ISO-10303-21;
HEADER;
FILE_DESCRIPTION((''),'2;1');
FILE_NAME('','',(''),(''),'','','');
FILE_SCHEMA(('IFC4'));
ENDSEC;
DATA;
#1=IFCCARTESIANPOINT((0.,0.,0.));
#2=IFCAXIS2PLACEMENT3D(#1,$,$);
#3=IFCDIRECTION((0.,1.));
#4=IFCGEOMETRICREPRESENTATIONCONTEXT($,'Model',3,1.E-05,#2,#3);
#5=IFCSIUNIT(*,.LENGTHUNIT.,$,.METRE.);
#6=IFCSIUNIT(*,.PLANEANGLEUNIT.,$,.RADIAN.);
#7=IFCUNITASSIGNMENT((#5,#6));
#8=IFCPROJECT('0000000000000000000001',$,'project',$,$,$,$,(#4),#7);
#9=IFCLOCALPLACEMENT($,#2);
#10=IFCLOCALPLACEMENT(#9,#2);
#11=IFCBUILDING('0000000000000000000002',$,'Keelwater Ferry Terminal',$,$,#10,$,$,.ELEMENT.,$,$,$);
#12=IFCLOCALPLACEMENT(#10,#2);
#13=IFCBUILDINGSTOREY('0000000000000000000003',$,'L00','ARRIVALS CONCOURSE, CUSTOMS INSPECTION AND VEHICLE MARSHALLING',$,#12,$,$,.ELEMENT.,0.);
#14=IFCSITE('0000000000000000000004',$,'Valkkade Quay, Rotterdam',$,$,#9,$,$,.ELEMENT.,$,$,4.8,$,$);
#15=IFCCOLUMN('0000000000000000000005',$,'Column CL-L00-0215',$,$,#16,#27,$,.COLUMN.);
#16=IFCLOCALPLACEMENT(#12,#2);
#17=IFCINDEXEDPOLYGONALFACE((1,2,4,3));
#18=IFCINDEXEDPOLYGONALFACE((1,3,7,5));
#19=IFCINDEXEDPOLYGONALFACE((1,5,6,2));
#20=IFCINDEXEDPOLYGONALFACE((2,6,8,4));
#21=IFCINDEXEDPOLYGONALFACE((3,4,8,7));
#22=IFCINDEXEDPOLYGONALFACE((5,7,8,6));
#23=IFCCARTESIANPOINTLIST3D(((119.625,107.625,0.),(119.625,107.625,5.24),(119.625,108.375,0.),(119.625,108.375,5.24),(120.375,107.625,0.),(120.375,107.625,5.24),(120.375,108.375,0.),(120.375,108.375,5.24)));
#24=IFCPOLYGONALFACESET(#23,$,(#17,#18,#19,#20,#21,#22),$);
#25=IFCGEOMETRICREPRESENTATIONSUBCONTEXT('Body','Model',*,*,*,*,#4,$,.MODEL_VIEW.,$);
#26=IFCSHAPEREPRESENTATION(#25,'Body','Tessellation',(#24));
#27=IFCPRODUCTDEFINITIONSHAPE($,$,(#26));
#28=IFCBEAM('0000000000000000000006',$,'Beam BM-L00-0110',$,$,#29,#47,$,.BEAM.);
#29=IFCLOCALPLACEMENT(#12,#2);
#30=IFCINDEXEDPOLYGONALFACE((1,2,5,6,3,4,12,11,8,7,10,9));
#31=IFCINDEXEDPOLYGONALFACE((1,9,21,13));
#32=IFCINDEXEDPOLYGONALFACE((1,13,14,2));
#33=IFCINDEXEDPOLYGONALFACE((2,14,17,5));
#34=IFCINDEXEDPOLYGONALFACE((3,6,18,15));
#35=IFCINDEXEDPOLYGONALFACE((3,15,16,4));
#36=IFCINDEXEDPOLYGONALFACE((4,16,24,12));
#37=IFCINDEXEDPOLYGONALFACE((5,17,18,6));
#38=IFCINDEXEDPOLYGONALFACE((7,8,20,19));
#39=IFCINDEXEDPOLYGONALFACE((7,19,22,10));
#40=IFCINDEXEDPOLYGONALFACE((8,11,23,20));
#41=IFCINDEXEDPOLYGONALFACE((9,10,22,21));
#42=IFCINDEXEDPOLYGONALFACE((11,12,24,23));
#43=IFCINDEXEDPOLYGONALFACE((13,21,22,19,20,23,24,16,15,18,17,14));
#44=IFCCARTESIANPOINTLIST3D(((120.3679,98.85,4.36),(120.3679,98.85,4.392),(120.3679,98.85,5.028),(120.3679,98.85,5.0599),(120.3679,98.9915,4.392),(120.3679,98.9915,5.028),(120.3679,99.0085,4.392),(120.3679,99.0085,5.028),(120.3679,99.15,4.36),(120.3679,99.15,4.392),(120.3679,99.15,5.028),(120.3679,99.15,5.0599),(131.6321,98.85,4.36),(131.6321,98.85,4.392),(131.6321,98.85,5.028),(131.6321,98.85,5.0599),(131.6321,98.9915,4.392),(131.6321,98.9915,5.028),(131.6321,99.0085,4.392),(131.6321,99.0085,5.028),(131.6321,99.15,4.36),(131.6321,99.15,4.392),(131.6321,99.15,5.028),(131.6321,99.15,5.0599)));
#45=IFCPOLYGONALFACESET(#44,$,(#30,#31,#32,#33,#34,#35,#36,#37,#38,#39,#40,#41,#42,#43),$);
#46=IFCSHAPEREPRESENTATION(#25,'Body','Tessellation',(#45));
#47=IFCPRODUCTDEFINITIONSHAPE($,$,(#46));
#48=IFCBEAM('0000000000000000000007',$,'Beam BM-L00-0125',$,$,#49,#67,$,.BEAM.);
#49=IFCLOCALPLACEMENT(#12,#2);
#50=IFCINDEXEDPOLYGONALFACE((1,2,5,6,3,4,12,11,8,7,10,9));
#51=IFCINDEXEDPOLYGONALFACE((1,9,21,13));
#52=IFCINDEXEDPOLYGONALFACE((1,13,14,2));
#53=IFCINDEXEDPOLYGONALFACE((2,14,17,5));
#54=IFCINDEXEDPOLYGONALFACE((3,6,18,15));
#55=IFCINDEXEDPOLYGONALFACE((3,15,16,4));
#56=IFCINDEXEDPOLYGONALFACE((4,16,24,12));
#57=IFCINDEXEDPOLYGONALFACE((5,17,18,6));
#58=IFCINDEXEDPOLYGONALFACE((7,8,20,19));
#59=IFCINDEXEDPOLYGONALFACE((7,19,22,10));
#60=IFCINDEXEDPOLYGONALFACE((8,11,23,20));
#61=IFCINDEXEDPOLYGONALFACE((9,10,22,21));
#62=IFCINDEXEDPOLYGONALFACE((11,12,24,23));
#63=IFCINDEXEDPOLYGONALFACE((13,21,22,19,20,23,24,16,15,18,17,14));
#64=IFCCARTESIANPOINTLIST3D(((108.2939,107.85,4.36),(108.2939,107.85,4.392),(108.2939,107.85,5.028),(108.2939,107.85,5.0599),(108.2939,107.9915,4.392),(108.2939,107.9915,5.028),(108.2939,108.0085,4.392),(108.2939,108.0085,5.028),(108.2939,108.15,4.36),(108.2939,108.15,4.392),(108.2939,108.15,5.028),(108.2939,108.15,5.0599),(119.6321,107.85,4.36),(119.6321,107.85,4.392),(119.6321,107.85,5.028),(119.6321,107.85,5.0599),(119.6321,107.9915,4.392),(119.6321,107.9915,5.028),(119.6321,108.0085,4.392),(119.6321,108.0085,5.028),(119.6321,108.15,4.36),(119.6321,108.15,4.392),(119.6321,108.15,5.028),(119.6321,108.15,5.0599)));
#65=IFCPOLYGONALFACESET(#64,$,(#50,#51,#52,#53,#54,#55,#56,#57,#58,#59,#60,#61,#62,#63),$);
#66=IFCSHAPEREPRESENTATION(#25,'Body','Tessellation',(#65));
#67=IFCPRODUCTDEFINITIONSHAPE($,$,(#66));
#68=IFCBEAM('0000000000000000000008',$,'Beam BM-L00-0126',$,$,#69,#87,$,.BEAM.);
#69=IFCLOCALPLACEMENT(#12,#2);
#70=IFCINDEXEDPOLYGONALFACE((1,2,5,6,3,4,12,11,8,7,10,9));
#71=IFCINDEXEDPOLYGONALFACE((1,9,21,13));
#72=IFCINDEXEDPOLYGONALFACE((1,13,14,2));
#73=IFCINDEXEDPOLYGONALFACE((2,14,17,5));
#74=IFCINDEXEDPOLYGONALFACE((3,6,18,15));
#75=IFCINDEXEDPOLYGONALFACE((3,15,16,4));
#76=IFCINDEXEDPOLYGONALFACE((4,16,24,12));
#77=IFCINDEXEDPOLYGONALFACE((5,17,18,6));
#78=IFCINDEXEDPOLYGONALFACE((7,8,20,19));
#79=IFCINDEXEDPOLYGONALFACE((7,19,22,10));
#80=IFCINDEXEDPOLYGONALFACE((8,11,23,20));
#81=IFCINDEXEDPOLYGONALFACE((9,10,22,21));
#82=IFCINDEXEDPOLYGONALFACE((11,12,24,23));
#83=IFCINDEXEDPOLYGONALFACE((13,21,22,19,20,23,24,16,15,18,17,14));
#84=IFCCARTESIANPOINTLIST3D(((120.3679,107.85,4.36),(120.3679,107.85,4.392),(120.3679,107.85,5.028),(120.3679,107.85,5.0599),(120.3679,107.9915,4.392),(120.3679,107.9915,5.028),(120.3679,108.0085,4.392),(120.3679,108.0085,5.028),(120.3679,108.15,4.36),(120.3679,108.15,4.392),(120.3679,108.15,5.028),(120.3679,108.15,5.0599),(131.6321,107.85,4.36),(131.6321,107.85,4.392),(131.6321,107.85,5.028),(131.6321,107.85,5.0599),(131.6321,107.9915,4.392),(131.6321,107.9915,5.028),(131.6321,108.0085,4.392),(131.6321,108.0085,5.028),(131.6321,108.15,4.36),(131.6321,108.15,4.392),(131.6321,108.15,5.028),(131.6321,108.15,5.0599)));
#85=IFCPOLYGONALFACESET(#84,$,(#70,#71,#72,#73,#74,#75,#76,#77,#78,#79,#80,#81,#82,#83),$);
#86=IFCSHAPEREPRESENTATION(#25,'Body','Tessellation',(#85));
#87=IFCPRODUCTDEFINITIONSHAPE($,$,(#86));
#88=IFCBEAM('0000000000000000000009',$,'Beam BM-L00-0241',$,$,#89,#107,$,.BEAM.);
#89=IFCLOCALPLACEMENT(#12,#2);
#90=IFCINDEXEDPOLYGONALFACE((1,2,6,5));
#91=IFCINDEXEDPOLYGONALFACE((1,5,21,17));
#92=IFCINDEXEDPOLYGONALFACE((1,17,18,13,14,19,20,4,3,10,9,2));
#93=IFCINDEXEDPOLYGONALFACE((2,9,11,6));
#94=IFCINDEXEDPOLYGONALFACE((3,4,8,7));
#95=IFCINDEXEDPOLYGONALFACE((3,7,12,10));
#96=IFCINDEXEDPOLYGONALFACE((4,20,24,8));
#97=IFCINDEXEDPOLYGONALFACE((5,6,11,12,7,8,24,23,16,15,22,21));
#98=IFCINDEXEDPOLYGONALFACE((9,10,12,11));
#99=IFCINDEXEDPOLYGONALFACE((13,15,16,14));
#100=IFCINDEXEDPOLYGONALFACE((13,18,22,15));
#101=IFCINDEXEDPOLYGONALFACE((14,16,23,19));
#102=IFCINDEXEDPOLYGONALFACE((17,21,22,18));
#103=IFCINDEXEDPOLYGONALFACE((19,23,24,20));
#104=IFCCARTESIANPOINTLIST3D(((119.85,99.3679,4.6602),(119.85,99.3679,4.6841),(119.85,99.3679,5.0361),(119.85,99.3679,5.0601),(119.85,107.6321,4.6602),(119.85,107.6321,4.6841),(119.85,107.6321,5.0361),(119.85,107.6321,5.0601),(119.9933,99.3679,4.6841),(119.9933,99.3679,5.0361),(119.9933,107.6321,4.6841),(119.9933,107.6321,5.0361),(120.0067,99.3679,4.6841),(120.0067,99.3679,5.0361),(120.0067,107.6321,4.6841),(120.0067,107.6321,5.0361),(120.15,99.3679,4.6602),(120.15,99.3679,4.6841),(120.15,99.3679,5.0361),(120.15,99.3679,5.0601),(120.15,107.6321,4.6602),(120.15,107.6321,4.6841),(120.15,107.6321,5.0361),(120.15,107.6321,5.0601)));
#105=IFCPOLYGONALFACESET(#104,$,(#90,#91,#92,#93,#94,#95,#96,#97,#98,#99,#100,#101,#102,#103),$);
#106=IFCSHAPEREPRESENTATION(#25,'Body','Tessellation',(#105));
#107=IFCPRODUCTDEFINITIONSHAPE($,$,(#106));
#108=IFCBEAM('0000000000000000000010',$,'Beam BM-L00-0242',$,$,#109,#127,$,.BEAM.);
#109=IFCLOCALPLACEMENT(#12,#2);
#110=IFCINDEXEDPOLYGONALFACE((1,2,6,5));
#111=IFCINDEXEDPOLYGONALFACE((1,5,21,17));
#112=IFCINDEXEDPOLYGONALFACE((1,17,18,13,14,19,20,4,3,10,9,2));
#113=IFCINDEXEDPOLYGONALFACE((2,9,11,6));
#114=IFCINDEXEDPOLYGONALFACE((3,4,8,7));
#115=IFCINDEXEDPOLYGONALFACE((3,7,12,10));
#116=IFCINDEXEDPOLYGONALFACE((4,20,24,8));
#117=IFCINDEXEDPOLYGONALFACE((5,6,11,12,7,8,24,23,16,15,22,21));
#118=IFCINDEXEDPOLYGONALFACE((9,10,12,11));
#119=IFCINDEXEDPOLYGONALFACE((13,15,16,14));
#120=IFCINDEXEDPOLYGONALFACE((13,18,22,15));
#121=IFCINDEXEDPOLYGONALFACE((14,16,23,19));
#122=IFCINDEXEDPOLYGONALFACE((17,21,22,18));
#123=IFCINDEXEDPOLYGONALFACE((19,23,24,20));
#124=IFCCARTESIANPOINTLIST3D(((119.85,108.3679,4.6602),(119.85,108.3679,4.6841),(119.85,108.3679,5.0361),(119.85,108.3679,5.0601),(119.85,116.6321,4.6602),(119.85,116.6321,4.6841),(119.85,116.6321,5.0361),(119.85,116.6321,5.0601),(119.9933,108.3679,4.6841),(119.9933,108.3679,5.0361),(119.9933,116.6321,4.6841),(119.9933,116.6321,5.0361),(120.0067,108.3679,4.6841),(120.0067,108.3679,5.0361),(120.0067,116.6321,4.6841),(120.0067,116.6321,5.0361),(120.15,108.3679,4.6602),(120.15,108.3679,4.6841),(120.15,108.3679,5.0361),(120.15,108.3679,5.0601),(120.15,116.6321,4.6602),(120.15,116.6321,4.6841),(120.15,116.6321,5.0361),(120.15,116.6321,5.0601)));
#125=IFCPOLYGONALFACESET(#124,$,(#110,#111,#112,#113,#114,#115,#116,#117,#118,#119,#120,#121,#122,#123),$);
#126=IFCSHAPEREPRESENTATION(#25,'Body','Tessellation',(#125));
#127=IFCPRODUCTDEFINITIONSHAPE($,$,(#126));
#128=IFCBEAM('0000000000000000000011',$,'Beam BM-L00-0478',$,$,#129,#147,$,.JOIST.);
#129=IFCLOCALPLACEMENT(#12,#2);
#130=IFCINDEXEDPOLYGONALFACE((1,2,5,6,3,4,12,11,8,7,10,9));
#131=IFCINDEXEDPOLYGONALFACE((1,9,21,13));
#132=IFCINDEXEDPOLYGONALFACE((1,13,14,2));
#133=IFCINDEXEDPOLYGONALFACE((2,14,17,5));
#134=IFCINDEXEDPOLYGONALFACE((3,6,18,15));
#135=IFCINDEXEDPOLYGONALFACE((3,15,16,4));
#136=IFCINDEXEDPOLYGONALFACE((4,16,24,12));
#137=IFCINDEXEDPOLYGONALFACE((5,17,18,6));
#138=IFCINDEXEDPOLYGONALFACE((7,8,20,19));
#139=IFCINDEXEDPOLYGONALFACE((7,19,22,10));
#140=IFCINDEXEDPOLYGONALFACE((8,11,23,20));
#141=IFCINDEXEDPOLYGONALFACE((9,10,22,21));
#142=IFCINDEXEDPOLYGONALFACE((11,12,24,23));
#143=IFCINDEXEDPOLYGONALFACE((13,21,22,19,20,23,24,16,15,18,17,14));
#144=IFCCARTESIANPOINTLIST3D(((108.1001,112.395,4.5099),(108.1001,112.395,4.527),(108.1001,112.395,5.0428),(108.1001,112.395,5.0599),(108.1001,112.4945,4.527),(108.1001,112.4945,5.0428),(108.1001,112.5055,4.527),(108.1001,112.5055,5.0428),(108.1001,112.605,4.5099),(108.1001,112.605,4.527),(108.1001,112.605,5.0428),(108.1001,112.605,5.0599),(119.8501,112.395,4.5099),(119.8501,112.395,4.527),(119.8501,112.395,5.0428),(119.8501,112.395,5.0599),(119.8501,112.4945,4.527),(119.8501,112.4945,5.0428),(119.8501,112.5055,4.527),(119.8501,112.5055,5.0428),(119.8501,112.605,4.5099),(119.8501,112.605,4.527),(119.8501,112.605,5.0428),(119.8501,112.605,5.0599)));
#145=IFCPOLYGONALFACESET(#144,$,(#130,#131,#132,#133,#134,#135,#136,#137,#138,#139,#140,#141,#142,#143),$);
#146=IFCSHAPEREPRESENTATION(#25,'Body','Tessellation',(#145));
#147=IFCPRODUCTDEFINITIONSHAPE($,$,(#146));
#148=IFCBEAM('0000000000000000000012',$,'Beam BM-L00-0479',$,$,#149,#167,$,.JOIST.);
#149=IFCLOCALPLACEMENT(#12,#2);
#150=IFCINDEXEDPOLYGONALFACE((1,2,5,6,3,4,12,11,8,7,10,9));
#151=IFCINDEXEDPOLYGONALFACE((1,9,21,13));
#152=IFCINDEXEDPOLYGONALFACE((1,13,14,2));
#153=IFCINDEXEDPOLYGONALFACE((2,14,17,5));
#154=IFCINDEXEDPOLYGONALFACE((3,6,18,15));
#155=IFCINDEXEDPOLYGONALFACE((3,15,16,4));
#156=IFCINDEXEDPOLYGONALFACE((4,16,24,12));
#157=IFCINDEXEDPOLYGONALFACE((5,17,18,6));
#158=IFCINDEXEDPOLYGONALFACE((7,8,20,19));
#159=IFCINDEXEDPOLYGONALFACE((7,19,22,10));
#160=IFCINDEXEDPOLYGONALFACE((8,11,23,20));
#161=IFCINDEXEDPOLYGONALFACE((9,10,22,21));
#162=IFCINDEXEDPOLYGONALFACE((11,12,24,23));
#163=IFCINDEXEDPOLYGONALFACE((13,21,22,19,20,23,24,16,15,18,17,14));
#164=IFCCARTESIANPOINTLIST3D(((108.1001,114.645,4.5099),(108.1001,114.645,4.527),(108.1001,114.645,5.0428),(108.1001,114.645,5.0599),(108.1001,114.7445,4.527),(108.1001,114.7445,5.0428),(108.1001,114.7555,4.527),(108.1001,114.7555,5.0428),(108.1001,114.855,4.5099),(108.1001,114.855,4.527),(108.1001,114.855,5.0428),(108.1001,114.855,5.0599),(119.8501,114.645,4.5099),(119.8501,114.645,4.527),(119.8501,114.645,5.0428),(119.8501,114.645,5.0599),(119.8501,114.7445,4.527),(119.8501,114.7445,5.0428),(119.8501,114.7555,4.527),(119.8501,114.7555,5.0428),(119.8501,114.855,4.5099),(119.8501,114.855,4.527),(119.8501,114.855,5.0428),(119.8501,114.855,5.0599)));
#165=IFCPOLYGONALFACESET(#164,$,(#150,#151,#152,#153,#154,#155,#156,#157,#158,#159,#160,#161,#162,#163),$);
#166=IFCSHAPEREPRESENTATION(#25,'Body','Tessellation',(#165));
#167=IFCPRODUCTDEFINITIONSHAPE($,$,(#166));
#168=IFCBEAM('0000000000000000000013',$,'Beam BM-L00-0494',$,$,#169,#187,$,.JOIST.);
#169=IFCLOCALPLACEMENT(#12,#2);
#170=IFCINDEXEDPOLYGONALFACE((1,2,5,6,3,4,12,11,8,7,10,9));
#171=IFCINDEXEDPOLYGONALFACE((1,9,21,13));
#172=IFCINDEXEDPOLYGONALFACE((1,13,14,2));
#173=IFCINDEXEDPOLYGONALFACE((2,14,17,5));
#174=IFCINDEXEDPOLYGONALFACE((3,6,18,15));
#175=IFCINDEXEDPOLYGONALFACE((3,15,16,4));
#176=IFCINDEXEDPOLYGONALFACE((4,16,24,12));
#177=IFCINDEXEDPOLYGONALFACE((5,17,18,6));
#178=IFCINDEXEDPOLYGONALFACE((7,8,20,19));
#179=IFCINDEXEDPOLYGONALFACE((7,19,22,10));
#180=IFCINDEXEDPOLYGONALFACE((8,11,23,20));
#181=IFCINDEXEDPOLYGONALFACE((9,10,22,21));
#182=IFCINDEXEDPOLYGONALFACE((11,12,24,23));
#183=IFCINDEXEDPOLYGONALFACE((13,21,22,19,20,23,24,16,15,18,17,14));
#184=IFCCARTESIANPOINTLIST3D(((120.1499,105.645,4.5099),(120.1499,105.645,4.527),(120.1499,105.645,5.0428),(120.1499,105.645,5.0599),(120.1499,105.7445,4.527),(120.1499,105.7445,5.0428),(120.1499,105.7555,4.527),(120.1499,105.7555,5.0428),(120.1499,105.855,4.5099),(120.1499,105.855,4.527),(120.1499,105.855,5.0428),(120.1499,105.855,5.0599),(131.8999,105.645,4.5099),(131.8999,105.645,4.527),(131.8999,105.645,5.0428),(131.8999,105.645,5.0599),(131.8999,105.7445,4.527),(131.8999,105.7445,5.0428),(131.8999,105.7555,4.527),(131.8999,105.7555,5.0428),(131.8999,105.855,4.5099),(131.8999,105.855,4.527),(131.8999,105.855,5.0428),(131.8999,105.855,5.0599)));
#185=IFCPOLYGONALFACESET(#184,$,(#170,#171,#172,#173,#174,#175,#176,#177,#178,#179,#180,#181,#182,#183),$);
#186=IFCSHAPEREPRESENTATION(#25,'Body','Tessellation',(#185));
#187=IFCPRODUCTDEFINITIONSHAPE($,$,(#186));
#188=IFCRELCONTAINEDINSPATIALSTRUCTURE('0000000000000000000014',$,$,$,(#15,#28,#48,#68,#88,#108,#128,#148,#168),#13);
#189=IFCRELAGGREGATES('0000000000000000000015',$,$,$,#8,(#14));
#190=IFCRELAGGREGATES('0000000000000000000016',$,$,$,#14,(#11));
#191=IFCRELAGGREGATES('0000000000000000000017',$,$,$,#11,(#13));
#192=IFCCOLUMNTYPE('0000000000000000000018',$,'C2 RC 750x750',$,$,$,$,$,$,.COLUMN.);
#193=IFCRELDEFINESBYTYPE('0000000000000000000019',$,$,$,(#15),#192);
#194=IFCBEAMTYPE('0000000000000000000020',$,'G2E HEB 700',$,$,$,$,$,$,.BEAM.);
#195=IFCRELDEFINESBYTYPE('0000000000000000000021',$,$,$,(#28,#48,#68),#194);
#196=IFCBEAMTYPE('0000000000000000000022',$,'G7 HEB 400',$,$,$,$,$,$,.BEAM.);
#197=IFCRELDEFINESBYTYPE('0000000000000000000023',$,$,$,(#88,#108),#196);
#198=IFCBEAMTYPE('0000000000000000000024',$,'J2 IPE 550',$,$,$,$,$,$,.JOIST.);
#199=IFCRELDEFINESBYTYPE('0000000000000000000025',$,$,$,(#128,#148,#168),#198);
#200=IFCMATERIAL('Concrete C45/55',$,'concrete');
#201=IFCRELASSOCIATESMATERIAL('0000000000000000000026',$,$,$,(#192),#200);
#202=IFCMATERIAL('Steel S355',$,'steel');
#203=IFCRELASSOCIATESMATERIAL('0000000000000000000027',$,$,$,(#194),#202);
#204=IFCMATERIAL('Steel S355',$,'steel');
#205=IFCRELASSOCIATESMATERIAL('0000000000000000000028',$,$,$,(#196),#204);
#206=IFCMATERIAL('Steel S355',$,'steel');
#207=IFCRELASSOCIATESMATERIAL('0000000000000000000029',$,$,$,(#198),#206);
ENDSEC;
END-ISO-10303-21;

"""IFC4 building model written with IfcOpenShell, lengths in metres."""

from ifc_helpers import new_model, si_unit, direction, frame, origin, origin_2d, place, context, subcontext, project, spatial, rectangle, i_section, extrude, material, material_profile, profile_set, type_object, element, save


model = new_model("IFC4")

# Units and contexts
model_context = context("Model", 3, precision=1e-05, world=origin(), true_north=direction((0.0, 1.0)))
body_context = subcontext(model_context, "Body", "Model", "MODEL_VIEW")
ifc_project = project(units=[si_unit("LENGTHUNIT", "METRE"), si_unit("PLANEANGLEUNIT", "RADIAN")], contexts=[model_context])

# Site, building, storey
site_placement = place(None, origin())
site = spatial("IfcSite", under=ifc_project, at=site_placement, Name="Valkkade Quay, Rotterdam", CompositionType="ELEMENT", RefElevation=4.8)
building_placement = place(site_placement, origin())
building = spatial("IfcBuilding", under=site, at=building_placement, Name="Keelwater Ferry Terminal", CompositionType="ELEMENT")
storey_placement = place(building_placement, origin())
storey = spatial("IfcBuildingStorey", under=building, at=storey_placement, Name="L00", Description="ARRIVALS CONCOURSE, CUSTOMS INSPECTION AND VEHICLE MARSHALLING", CompositionType="ELEMENT", Elevation=0.0)

# Column
ifc_material_1 = material(Name="Concrete C45/55", Category="concrete")
ifc_material_profile_1 = material_profile(ifc_material_1, rectangle(XDim=0.75, YDim=0.75, at=origin_2d()), Name="RC 750x750")
ifc_profile_set_1 = profile_set([ifc_material_profile_1], Name="Concrete C45/55")
column_type = type_object("IfcColumnType", Name="C2 RC 750x750", PredefinedType="COLUMN", material=ifc_profile_set_1)
for number, where, z_axis, x_axis, name in (
    (1, (120.0, 108.0, 0.0), (0.0, 0.0, 1.0), (1.0, 0.0, 0.0), "Column CL-L00-0215"),
):
    element("IfcColumn", number, at=place(storey_placement, frame(where, z_axis=z_axis, x_axis=x_axis)), inside=storey, type_object=column_type, Name=name, PredefinedType="COLUMN", context=body_context, shape_type="SweptSolid", body=[
        extrude(rectangle(XDim=0.75, YDim=0.75, at=origin_2d()), origin(), (0.0, 0.0, 1.0), 5.24),
    ])

# Beams
ifc_material_2 = material(Name="Steel S355", Category="steel")
ifc_material_profile_2 = material_profile(ifc_material_2, i_section(OverallWidth=0.3, OverallDepth=0.7, WebThickness=0.0171, FlangeThickness=0.032, at=origin_2d()), Name="HEB 700")
ifc_profile_set_2 = profile_set([ifc_material_profile_2], Name="Steel S355")
beam_type_1 = type_object("IfcBeamType", Name="G2E HEB 700", PredefinedType="BEAM", material=ifc_profile_set_2)
beam_1_placement = place(storey_placement, frame((120.3679, 99.0, 4.71), z_axis=(1.0, 0.0, 0.0), x_axis=(0.0, 1.0, 0.0)))
element("IfcBeam", 2, at=beam_1_placement, inside=storey, type_object=beam_type_1, Name="Beam BM-L00-0110", PredefinedType="BEAM", context=body_context, shape_type="SweptSolid", body=[
    extrude(i_section(OverallWidth=0.3, OverallDepth=0.7, WebThickness=0.0171, FlangeThickness=0.032, at=origin_2d()), origin(), (0.0, 0.0, 1.0), 11.2642),
])
beam_2_placement = place(storey_placement, frame((108.2939, 108.0, 4.71), z_axis=(1.0, 0.0, 0.0), x_axis=(0.0, 1.0, 0.0)))
element("IfcBeam", 3, at=beam_2_placement, inside=storey, type_object=beam_type_1, Name="Beam BM-L00-0125", PredefinedType="BEAM", context=body_context, shape_type="SweptSolid", body=[
    extrude(i_section(OverallWidth=0.3, OverallDepth=0.7, WebThickness=0.0171, FlangeThickness=0.032, at=origin_2d()), origin(), (0.0, 0.0, 1.0), 11.3381),
])
beam_3_placement = place(storey_placement, frame((120.3679, 108.0, 4.71), z_axis=(1.0, 0.0, 0.0), x_axis=(0.0, 1.0, 0.0)))
element("IfcBeam", 4, at=beam_3_placement, inside=storey, type_object=beam_type_1, Name="Beam BM-L00-0126", PredefinedType="BEAM", context=body_context, shape_type="SweptSolid", body=[
    extrude(i_section(OverallWidth=0.3, OverallDepth=0.7, WebThickness=0.0171, FlangeThickness=0.032, at=origin_2d()), origin(), (0.0, 0.0, 1.0), 11.2642),
])
ifc_material_3 = material(Name="Steel S355", Category="steel")
ifc_material_profile_3 = material_profile(ifc_material_3, i_section(OverallWidth=0.3, OverallDepth=0.3999, WebThickness=0.0134, FlangeThickness=0.0239, at=origin_2d()), Name="HEB 400")
ifc_profile_set_3 = profile_set([ifc_material_profile_3], Name="Steel S355")
beam_type_2 = type_object("IfcBeamType", Name="G7 HEB 400", PredefinedType="BEAM", material=ifc_profile_set_3)
for number, where, z_axis, x_axis, name in (
    (5, (120.0, 99.3679, 4.8601), (0.0, 1.0, 0.0), (-1.0, 0.0, 0.0), "Beam BM-L00-0241"),
    (6, (120.0, 108.3679, 4.8601), (0.0, 1.0, 0.0), (-1.0, 0.0, 0.0), "Beam BM-L00-0242"),
):
    element("IfcBeam", number, at=place(storey_placement, frame(where, z_axis=z_axis, x_axis=x_axis)), inside=storey, type_object=beam_type_2, Name=name, PredefinedType="BEAM", context=body_context, shape_type="SweptSolid", body=[
        extrude(i_section(OverallWidth=0.3, OverallDepth=0.3999, WebThickness=0.0134, FlangeThickness=0.0239, at=origin_2d()), origin(), (0.0, 0.0, 1.0), 8.2642),
    ])
ifc_material_4 = material(Name="Steel S355", Category="steel")
ifc_material_profile_4 = material_profile(ifc_material_4, i_section(OverallWidth=0.21, OverallDepth=0.55, WebThickness=0.011, FlangeThickness=0.0171, at=origin_2d()), Name="IPE 550")
ifc_profile_set_4 = profile_set([ifc_material_profile_4], Name="Steel S355")
beam_type_3 = type_object("IfcBeamType", Name="J2 IPE 550", PredefinedType="JOIST", material=ifc_profile_set_4)
for number, where, z_axis, x_axis, name in (
    (7, (108.1001, 112.5, 4.7849), (1.0, 0.0, 0.0), (0.0, 1.0, 0.0), "Beam BM-L00-0478"),
    (8, (108.1001, 114.75, 4.7849), (1.0, 0.0, 0.0), (0.0, 1.0, 0.0), "Beam BM-L00-0479"),
    (9, (120.1499, 105.75, 4.7849), (1.0, 0.0, 0.0), (0.0, 1.0, 0.0), "Beam BM-L00-0494"),
):
    element("IfcBeam", number, at=place(storey_placement, frame(where, z_axis=z_axis, x_axis=x_axis)), inside=storey, type_object=beam_type_3, Name=name, PredefinedType="JOIST", context=body_context, shape_type="SweptSolid", body=[
        extrude(i_section(OverallWidth=0.21, OverallDepth=0.55, WebThickness=0.011, FlangeThickness=0.0171, at=origin_2d()), origin(), (0.0, 0.0, 1.0), 11.75),
    ])

save(model, "model.ifc")
